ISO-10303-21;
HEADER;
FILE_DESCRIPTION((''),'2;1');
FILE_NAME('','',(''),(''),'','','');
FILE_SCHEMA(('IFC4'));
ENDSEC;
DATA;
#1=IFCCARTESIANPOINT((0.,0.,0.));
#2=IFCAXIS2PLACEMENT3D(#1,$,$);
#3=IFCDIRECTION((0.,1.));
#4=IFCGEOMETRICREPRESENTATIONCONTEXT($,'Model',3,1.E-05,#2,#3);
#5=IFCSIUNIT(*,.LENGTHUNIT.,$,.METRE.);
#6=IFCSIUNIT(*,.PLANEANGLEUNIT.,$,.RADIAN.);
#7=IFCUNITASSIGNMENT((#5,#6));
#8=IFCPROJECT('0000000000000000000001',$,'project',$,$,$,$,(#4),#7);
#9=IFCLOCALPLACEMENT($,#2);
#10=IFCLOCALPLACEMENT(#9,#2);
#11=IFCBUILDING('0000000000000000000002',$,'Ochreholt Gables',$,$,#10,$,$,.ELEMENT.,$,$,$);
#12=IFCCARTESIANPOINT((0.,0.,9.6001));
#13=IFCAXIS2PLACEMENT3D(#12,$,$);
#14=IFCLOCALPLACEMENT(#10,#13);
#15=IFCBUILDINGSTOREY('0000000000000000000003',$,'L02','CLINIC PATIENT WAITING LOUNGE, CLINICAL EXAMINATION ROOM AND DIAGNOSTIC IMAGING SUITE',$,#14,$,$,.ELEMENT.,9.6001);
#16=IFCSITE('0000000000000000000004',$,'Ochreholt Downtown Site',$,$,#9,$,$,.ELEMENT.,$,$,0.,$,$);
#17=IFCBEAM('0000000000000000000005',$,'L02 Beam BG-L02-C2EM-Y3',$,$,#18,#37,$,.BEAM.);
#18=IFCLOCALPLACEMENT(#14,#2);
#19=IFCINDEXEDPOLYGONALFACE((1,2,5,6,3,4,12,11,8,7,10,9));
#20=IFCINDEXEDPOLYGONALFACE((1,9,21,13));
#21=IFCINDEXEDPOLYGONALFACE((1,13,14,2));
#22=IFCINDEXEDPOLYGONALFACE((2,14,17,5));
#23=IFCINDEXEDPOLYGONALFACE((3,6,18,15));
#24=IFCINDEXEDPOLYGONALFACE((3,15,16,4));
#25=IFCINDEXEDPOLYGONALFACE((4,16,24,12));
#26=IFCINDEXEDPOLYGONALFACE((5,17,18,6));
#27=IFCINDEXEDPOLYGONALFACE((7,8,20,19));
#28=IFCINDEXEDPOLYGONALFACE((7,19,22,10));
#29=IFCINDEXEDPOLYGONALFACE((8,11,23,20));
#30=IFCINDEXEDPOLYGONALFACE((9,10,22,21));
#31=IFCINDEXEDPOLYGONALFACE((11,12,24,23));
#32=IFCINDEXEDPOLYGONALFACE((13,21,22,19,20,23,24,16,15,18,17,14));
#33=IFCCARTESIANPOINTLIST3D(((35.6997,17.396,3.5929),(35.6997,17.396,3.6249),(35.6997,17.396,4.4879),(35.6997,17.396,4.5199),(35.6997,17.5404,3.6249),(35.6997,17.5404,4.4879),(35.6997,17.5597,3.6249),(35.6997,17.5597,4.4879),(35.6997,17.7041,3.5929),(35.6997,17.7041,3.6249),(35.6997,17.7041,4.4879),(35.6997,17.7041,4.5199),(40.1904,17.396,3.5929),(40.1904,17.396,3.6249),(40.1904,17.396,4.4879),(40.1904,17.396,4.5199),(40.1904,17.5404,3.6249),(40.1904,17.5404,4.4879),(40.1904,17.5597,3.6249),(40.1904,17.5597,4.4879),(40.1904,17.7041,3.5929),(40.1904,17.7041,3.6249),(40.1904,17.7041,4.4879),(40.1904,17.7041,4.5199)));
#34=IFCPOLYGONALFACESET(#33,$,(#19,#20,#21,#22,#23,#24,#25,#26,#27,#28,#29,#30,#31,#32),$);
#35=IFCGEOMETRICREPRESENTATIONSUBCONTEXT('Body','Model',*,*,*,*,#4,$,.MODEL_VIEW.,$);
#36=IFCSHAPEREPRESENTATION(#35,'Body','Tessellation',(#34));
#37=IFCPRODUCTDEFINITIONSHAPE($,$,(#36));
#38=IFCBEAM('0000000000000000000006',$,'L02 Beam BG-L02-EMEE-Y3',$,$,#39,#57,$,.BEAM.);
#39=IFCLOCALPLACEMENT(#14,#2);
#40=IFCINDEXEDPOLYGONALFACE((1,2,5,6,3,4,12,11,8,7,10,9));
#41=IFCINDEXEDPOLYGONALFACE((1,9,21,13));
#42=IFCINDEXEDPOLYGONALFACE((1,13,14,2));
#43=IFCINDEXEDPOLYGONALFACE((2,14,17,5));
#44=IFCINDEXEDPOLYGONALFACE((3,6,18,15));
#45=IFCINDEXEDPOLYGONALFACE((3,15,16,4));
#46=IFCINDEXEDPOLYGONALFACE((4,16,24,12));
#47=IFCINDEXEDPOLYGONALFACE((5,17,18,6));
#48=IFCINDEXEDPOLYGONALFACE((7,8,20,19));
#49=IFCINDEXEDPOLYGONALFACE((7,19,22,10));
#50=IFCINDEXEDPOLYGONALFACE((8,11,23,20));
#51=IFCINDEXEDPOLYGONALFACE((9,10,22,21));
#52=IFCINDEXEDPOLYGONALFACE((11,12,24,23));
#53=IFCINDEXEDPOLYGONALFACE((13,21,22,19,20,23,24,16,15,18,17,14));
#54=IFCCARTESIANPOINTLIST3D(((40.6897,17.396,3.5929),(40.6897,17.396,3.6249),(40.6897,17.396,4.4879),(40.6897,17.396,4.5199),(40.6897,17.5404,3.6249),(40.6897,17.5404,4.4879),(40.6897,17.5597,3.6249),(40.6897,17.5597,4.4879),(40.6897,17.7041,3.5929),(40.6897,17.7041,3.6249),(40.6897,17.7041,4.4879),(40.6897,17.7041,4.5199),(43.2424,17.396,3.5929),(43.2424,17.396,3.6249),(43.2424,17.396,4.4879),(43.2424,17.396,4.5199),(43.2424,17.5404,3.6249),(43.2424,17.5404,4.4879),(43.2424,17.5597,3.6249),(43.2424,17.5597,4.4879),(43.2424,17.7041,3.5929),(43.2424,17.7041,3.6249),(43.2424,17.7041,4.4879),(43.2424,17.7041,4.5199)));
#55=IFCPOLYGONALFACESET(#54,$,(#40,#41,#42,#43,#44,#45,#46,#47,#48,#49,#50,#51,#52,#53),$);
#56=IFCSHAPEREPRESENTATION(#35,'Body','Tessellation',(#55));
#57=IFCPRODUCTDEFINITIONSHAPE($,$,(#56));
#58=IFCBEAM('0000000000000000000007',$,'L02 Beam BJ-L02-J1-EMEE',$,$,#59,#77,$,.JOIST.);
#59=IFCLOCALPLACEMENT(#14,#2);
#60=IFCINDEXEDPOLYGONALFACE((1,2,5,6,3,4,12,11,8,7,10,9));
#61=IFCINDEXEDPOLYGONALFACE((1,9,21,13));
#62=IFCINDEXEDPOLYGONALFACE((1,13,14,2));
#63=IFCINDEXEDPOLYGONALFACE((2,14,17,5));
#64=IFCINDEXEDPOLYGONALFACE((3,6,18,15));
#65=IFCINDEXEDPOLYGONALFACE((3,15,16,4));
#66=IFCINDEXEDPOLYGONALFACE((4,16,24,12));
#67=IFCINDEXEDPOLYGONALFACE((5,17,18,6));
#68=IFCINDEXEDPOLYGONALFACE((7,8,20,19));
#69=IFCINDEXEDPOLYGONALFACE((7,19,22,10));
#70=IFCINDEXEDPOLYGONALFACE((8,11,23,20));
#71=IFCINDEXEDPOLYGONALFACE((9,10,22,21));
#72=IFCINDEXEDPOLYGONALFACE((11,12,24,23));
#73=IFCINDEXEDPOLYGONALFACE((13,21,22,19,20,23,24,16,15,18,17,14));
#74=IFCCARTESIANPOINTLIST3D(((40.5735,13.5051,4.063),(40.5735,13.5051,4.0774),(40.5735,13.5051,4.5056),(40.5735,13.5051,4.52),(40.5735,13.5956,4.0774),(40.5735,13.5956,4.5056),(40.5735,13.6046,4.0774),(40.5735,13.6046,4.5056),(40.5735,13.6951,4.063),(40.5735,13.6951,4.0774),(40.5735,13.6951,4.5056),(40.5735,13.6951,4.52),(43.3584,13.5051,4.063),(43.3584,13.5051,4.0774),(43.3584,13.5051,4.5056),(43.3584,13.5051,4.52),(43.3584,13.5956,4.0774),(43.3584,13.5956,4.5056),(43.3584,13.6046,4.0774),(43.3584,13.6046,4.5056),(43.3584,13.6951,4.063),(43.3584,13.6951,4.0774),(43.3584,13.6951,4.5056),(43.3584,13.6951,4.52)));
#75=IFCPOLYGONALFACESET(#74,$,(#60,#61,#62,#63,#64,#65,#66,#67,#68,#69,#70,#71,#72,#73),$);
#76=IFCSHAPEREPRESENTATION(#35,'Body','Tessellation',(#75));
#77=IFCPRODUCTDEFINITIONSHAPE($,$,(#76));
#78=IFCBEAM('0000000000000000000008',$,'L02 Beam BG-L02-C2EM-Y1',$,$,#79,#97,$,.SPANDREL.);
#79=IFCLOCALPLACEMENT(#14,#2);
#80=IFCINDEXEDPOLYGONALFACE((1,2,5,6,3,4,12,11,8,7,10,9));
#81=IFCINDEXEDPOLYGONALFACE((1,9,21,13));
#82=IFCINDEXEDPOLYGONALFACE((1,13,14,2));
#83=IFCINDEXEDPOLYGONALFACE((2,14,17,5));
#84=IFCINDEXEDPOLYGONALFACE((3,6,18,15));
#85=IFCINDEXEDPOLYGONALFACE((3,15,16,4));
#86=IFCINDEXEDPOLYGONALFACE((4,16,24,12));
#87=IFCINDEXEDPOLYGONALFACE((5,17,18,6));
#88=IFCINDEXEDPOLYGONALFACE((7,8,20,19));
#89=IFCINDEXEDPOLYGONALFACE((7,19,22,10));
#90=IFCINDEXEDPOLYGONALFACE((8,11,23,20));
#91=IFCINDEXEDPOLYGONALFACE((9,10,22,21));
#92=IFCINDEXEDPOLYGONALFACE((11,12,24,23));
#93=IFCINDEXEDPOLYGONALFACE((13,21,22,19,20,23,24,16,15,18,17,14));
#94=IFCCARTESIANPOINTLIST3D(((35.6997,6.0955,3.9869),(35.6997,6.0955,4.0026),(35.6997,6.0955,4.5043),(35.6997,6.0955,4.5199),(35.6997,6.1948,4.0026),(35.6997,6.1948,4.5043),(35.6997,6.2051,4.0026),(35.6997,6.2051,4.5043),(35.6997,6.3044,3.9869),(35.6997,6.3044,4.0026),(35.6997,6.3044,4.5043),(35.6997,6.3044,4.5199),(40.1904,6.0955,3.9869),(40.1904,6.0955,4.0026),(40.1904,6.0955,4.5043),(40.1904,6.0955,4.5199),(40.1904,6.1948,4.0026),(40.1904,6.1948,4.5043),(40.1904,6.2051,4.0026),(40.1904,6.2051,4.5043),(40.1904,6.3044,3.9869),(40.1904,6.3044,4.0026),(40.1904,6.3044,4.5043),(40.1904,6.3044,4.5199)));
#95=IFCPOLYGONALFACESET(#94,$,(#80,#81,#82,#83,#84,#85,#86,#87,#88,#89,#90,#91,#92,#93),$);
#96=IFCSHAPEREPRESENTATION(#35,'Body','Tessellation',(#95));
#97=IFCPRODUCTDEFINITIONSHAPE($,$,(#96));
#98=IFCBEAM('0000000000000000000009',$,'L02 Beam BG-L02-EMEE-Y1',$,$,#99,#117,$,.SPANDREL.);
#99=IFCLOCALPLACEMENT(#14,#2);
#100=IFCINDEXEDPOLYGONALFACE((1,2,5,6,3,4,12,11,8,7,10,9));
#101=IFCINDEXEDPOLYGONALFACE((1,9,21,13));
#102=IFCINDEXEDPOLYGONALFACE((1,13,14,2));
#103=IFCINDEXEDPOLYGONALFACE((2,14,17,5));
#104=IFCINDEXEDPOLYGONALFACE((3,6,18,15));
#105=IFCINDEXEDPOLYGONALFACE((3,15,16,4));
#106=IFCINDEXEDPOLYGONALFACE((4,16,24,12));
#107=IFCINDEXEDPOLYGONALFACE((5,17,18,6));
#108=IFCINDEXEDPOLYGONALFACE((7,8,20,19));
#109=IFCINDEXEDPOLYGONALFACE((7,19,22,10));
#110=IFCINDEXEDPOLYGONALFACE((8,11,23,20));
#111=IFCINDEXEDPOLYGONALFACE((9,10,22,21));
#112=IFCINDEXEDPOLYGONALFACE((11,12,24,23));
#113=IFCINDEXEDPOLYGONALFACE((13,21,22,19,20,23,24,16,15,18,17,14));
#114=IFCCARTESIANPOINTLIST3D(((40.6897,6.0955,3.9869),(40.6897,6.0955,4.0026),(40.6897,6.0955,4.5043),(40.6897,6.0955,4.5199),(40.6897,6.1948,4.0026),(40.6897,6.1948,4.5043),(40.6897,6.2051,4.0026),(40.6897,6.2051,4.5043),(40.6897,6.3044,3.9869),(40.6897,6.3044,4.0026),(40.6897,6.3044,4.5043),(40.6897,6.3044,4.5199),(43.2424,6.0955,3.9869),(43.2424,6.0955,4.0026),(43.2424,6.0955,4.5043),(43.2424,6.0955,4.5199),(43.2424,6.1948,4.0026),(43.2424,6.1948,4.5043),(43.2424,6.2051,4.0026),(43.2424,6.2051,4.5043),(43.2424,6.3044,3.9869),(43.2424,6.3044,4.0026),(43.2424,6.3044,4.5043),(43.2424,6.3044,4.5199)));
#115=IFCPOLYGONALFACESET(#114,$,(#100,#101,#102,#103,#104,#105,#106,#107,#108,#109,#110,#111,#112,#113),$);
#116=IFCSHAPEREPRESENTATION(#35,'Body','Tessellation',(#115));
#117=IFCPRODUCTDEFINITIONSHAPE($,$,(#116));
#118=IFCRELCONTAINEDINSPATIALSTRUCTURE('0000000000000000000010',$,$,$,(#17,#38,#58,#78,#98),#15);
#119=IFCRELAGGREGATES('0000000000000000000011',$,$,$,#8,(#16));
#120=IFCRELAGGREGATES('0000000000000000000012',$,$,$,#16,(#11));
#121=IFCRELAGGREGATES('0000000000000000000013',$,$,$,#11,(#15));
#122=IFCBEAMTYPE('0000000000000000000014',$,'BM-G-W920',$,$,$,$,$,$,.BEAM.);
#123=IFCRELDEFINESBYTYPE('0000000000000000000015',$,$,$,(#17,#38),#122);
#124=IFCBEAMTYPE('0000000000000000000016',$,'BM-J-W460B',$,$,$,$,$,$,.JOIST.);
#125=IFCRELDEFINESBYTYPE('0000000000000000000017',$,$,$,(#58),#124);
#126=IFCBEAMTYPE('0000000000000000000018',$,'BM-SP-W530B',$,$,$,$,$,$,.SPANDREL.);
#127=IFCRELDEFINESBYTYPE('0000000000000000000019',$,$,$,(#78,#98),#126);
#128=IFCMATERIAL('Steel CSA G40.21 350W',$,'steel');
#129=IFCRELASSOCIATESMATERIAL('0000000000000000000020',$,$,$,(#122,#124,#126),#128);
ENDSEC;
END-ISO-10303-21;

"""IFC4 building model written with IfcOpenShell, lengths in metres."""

from ifc_helpers import new_model, si_unit, direction, frame, origin, origin_2d, place, context, subcontext, project, spatial, i_section, extrude, material, material_profile, profile_set, type_object, element, save


model = new_model("IFC4")

# Units and contexts
model_context = context("Model", 3, precision=1e-05, world=origin(), true_north=direction((0.0, 1.0)))
body_context = subcontext(model_context, "Body", "Model", "MODEL_VIEW")
ifc_project = project(units=[si_unit("LENGTHUNIT", "METRE"), si_unit("PLANEANGLEUNIT", "RADIAN")], contexts=[model_context])

# Site, building, storey
site_placement = place(None, origin())
site = spatial("IfcSite", under=ifc_project, at=site_placement, Name="Ochreholt Downtown Site", CompositionType="ELEMENT", RefElevation=0.0)
building_placement = place(site_placement, origin())
building = spatial("IfcBuilding", under=site, at=building_placement, Name="Ochreholt Gables", CompositionType="ELEMENT")
storey_placement = place(building_placement, frame((0.0, 0.0, 9.6001)))
storey = spatial("IfcBuildingStorey", under=building, at=storey_placement, Name="L02", Description="CLINIC PATIENT WAITING LOUNGE, CLINICAL EXAMINATION ROOM AND DIAGNOSTIC IMAGING SUITE", CompositionType="ELEMENT", Elevation=9.6001)

# Shared definitions
ifc_material_1 = material(Name="Steel CSA G40.21 350W", Category="steel")

# Beams
ifc_material_profile_1 = material_profile(ifc_material_1, i_section(OverallWidth=0.3081, OverallDepth=0.927, WebThickness=0.0193, FlangeThickness=0.032, at=origin_2d()), Name="W920X289")
ifc_profile_set_1 = profile_set([ifc_material_profile_1], Name="Steel CSA G40.21 350W")
beam_type_1 = type_object("IfcBeamType", Name="BM-G-W920", PredefinedType="BEAM", material=ifc_profile_set_1)
beam_1_placement = place(storey_placement, frame((35.6997, 17.55, 4.0564), z_axis=(1.0, 0.0, 0.0), x_axis=(0.0, 1.0, 0.0)))
element("IfcBeam", 1, at=beam_1_placement, inside=storey, type_object=beam_type_1, Name="L02 Beam BG-L02-C2EM-Y3", PredefinedType="BEAM", context=body_context, shape_type="SweptSolid", body=[
    extrude(i_section(OverallWidth=0.3081, OverallDepth=0.927, WebThickness=0.0193, FlangeThickness=0.032, at=origin_2d()), origin(), (0.0, 0.0, 1.0), 4.4907),
])
beam_2_placement = place(storey_placement, frame((40.6897, 17.55, 4.0564), z_axis=(1.0, 0.0, 0.0), x_axis=(0.0, 1.0, 0.0)))
element("IfcBeam", 2, at=beam_2_placement, inside=storey, type_object=beam_type_1, Name="L02 Beam BG-L02-EMEE-Y3", PredefinedType="BEAM", context=body_context, shape_type="SweptSolid", body=[
    extrude(i_section(OverallWidth=0.3081, OverallDepth=0.927, WebThickness=0.0193, FlangeThickness=0.032, at=origin_2d()), origin(), (0.0, 0.0, 1.0), 2.5527),
])
ifc_material_profile_2 = material_profile(ifc_material_1, i_section(OverallWidth=0.1899, OverallDepth=0.457, WebThickness=0.009, FlangeThickness=0.0144, at=origin_2d()), Name="W460X74")
ifc_profile_set_2 = profile_set([ifc_material_profile_2], Name="Steel CSA G40.21 350W")
beam_type_2 = type_object("IfcBeamType", Name="BM-J-W460B", PredefinedType="JOIST", material=ifc_profile_set_2)
beam_3_placement = place(storey_placement, frame((40.5735, 13.6001, 4.2915), z_axis=(1.0, 0.0, 0.0), x_axis=(0.0, 1.0, 0.0)))
element("IfcBeam", 3, at=beam_3_placement, inside=storey, type_object=beam_type_2, Name="L02 Beam BJ-L02-J1-EMEE", PredefinedType="JOIST", context=body_context, shape_type="SweptSolid", body=[
    extrude(i_section(OverallWidth=0.1899, OverallDepth=0.457, WebThickness=0.009, FlangeThickness=0.0144, at=origin_2d()), origin(), (0.0, 0.0, 1.0), 2.7849),
])
ifc_material_profile_3 = material_profile(ifc_material_1, i_section(OverallWidth=0.209, OverallDepth=0.533, WebThickness=0.0103, FlangeThickness=0.0156, at=origin_2d()), Name="W530X92")
ifc_profile_set_3 = profile_set([ifc_material_profile_3], Name="Steel CSA G40.21 350W")
beam_type_3 = type_object("IfcBeamType", Name="BM-SP-W530B", PredefinedType="SPANDREL", material=ifc_profile_set_3)
beam_4_placement = place(storey_placement, frame((35.6997, 6.2, 4.2534), z_axis=(1.0, 0.0, 0.0), x_axis=(0.0, 1.0, 0.0)))
element("IfcBeam", 4, at=beam_4_placement, inside=storey, type_object=beam_type_3, Name="L02 Beam BG-L02-C2EM-Y1", PredefinedType="SPANDREL", context=body_context, shape_type="SweptSolid", body=[
    extrude(i_section(OverallWidth=0.209, OverallDepth=0.533, WebThickness=0.0103, FlangeThickness=0.0156, at=origin_2d()), origin(), (0.0, 0.0, 1.0), 4.4907),
])
beam_5_placement = place(storey_placement, frame((40.6897, 6.2, 4.2534), z_axis=(1.0, 0.0, 0.0), x_axis=(0.0, 1.0, 0.0)))
element("IfcBeam", 5, at=beam_5_placement, inside=storey, type_object=beam_type_3, Name="L02 Beam BG-L02-EMEE-Y1", PredefinedType="SPANDREL", context=body_context, shape_type="SweptSolid", body=[
    extrude(i_section(OverallWidth=0.209, OverallDepth=0.533, WebThickness=0.0103, FlangeThickness=0.0156, at=origin_2d()), origin(), (0.0, 0.0, 1.0), 2.5527),
])

save(model, "model.ifc")
